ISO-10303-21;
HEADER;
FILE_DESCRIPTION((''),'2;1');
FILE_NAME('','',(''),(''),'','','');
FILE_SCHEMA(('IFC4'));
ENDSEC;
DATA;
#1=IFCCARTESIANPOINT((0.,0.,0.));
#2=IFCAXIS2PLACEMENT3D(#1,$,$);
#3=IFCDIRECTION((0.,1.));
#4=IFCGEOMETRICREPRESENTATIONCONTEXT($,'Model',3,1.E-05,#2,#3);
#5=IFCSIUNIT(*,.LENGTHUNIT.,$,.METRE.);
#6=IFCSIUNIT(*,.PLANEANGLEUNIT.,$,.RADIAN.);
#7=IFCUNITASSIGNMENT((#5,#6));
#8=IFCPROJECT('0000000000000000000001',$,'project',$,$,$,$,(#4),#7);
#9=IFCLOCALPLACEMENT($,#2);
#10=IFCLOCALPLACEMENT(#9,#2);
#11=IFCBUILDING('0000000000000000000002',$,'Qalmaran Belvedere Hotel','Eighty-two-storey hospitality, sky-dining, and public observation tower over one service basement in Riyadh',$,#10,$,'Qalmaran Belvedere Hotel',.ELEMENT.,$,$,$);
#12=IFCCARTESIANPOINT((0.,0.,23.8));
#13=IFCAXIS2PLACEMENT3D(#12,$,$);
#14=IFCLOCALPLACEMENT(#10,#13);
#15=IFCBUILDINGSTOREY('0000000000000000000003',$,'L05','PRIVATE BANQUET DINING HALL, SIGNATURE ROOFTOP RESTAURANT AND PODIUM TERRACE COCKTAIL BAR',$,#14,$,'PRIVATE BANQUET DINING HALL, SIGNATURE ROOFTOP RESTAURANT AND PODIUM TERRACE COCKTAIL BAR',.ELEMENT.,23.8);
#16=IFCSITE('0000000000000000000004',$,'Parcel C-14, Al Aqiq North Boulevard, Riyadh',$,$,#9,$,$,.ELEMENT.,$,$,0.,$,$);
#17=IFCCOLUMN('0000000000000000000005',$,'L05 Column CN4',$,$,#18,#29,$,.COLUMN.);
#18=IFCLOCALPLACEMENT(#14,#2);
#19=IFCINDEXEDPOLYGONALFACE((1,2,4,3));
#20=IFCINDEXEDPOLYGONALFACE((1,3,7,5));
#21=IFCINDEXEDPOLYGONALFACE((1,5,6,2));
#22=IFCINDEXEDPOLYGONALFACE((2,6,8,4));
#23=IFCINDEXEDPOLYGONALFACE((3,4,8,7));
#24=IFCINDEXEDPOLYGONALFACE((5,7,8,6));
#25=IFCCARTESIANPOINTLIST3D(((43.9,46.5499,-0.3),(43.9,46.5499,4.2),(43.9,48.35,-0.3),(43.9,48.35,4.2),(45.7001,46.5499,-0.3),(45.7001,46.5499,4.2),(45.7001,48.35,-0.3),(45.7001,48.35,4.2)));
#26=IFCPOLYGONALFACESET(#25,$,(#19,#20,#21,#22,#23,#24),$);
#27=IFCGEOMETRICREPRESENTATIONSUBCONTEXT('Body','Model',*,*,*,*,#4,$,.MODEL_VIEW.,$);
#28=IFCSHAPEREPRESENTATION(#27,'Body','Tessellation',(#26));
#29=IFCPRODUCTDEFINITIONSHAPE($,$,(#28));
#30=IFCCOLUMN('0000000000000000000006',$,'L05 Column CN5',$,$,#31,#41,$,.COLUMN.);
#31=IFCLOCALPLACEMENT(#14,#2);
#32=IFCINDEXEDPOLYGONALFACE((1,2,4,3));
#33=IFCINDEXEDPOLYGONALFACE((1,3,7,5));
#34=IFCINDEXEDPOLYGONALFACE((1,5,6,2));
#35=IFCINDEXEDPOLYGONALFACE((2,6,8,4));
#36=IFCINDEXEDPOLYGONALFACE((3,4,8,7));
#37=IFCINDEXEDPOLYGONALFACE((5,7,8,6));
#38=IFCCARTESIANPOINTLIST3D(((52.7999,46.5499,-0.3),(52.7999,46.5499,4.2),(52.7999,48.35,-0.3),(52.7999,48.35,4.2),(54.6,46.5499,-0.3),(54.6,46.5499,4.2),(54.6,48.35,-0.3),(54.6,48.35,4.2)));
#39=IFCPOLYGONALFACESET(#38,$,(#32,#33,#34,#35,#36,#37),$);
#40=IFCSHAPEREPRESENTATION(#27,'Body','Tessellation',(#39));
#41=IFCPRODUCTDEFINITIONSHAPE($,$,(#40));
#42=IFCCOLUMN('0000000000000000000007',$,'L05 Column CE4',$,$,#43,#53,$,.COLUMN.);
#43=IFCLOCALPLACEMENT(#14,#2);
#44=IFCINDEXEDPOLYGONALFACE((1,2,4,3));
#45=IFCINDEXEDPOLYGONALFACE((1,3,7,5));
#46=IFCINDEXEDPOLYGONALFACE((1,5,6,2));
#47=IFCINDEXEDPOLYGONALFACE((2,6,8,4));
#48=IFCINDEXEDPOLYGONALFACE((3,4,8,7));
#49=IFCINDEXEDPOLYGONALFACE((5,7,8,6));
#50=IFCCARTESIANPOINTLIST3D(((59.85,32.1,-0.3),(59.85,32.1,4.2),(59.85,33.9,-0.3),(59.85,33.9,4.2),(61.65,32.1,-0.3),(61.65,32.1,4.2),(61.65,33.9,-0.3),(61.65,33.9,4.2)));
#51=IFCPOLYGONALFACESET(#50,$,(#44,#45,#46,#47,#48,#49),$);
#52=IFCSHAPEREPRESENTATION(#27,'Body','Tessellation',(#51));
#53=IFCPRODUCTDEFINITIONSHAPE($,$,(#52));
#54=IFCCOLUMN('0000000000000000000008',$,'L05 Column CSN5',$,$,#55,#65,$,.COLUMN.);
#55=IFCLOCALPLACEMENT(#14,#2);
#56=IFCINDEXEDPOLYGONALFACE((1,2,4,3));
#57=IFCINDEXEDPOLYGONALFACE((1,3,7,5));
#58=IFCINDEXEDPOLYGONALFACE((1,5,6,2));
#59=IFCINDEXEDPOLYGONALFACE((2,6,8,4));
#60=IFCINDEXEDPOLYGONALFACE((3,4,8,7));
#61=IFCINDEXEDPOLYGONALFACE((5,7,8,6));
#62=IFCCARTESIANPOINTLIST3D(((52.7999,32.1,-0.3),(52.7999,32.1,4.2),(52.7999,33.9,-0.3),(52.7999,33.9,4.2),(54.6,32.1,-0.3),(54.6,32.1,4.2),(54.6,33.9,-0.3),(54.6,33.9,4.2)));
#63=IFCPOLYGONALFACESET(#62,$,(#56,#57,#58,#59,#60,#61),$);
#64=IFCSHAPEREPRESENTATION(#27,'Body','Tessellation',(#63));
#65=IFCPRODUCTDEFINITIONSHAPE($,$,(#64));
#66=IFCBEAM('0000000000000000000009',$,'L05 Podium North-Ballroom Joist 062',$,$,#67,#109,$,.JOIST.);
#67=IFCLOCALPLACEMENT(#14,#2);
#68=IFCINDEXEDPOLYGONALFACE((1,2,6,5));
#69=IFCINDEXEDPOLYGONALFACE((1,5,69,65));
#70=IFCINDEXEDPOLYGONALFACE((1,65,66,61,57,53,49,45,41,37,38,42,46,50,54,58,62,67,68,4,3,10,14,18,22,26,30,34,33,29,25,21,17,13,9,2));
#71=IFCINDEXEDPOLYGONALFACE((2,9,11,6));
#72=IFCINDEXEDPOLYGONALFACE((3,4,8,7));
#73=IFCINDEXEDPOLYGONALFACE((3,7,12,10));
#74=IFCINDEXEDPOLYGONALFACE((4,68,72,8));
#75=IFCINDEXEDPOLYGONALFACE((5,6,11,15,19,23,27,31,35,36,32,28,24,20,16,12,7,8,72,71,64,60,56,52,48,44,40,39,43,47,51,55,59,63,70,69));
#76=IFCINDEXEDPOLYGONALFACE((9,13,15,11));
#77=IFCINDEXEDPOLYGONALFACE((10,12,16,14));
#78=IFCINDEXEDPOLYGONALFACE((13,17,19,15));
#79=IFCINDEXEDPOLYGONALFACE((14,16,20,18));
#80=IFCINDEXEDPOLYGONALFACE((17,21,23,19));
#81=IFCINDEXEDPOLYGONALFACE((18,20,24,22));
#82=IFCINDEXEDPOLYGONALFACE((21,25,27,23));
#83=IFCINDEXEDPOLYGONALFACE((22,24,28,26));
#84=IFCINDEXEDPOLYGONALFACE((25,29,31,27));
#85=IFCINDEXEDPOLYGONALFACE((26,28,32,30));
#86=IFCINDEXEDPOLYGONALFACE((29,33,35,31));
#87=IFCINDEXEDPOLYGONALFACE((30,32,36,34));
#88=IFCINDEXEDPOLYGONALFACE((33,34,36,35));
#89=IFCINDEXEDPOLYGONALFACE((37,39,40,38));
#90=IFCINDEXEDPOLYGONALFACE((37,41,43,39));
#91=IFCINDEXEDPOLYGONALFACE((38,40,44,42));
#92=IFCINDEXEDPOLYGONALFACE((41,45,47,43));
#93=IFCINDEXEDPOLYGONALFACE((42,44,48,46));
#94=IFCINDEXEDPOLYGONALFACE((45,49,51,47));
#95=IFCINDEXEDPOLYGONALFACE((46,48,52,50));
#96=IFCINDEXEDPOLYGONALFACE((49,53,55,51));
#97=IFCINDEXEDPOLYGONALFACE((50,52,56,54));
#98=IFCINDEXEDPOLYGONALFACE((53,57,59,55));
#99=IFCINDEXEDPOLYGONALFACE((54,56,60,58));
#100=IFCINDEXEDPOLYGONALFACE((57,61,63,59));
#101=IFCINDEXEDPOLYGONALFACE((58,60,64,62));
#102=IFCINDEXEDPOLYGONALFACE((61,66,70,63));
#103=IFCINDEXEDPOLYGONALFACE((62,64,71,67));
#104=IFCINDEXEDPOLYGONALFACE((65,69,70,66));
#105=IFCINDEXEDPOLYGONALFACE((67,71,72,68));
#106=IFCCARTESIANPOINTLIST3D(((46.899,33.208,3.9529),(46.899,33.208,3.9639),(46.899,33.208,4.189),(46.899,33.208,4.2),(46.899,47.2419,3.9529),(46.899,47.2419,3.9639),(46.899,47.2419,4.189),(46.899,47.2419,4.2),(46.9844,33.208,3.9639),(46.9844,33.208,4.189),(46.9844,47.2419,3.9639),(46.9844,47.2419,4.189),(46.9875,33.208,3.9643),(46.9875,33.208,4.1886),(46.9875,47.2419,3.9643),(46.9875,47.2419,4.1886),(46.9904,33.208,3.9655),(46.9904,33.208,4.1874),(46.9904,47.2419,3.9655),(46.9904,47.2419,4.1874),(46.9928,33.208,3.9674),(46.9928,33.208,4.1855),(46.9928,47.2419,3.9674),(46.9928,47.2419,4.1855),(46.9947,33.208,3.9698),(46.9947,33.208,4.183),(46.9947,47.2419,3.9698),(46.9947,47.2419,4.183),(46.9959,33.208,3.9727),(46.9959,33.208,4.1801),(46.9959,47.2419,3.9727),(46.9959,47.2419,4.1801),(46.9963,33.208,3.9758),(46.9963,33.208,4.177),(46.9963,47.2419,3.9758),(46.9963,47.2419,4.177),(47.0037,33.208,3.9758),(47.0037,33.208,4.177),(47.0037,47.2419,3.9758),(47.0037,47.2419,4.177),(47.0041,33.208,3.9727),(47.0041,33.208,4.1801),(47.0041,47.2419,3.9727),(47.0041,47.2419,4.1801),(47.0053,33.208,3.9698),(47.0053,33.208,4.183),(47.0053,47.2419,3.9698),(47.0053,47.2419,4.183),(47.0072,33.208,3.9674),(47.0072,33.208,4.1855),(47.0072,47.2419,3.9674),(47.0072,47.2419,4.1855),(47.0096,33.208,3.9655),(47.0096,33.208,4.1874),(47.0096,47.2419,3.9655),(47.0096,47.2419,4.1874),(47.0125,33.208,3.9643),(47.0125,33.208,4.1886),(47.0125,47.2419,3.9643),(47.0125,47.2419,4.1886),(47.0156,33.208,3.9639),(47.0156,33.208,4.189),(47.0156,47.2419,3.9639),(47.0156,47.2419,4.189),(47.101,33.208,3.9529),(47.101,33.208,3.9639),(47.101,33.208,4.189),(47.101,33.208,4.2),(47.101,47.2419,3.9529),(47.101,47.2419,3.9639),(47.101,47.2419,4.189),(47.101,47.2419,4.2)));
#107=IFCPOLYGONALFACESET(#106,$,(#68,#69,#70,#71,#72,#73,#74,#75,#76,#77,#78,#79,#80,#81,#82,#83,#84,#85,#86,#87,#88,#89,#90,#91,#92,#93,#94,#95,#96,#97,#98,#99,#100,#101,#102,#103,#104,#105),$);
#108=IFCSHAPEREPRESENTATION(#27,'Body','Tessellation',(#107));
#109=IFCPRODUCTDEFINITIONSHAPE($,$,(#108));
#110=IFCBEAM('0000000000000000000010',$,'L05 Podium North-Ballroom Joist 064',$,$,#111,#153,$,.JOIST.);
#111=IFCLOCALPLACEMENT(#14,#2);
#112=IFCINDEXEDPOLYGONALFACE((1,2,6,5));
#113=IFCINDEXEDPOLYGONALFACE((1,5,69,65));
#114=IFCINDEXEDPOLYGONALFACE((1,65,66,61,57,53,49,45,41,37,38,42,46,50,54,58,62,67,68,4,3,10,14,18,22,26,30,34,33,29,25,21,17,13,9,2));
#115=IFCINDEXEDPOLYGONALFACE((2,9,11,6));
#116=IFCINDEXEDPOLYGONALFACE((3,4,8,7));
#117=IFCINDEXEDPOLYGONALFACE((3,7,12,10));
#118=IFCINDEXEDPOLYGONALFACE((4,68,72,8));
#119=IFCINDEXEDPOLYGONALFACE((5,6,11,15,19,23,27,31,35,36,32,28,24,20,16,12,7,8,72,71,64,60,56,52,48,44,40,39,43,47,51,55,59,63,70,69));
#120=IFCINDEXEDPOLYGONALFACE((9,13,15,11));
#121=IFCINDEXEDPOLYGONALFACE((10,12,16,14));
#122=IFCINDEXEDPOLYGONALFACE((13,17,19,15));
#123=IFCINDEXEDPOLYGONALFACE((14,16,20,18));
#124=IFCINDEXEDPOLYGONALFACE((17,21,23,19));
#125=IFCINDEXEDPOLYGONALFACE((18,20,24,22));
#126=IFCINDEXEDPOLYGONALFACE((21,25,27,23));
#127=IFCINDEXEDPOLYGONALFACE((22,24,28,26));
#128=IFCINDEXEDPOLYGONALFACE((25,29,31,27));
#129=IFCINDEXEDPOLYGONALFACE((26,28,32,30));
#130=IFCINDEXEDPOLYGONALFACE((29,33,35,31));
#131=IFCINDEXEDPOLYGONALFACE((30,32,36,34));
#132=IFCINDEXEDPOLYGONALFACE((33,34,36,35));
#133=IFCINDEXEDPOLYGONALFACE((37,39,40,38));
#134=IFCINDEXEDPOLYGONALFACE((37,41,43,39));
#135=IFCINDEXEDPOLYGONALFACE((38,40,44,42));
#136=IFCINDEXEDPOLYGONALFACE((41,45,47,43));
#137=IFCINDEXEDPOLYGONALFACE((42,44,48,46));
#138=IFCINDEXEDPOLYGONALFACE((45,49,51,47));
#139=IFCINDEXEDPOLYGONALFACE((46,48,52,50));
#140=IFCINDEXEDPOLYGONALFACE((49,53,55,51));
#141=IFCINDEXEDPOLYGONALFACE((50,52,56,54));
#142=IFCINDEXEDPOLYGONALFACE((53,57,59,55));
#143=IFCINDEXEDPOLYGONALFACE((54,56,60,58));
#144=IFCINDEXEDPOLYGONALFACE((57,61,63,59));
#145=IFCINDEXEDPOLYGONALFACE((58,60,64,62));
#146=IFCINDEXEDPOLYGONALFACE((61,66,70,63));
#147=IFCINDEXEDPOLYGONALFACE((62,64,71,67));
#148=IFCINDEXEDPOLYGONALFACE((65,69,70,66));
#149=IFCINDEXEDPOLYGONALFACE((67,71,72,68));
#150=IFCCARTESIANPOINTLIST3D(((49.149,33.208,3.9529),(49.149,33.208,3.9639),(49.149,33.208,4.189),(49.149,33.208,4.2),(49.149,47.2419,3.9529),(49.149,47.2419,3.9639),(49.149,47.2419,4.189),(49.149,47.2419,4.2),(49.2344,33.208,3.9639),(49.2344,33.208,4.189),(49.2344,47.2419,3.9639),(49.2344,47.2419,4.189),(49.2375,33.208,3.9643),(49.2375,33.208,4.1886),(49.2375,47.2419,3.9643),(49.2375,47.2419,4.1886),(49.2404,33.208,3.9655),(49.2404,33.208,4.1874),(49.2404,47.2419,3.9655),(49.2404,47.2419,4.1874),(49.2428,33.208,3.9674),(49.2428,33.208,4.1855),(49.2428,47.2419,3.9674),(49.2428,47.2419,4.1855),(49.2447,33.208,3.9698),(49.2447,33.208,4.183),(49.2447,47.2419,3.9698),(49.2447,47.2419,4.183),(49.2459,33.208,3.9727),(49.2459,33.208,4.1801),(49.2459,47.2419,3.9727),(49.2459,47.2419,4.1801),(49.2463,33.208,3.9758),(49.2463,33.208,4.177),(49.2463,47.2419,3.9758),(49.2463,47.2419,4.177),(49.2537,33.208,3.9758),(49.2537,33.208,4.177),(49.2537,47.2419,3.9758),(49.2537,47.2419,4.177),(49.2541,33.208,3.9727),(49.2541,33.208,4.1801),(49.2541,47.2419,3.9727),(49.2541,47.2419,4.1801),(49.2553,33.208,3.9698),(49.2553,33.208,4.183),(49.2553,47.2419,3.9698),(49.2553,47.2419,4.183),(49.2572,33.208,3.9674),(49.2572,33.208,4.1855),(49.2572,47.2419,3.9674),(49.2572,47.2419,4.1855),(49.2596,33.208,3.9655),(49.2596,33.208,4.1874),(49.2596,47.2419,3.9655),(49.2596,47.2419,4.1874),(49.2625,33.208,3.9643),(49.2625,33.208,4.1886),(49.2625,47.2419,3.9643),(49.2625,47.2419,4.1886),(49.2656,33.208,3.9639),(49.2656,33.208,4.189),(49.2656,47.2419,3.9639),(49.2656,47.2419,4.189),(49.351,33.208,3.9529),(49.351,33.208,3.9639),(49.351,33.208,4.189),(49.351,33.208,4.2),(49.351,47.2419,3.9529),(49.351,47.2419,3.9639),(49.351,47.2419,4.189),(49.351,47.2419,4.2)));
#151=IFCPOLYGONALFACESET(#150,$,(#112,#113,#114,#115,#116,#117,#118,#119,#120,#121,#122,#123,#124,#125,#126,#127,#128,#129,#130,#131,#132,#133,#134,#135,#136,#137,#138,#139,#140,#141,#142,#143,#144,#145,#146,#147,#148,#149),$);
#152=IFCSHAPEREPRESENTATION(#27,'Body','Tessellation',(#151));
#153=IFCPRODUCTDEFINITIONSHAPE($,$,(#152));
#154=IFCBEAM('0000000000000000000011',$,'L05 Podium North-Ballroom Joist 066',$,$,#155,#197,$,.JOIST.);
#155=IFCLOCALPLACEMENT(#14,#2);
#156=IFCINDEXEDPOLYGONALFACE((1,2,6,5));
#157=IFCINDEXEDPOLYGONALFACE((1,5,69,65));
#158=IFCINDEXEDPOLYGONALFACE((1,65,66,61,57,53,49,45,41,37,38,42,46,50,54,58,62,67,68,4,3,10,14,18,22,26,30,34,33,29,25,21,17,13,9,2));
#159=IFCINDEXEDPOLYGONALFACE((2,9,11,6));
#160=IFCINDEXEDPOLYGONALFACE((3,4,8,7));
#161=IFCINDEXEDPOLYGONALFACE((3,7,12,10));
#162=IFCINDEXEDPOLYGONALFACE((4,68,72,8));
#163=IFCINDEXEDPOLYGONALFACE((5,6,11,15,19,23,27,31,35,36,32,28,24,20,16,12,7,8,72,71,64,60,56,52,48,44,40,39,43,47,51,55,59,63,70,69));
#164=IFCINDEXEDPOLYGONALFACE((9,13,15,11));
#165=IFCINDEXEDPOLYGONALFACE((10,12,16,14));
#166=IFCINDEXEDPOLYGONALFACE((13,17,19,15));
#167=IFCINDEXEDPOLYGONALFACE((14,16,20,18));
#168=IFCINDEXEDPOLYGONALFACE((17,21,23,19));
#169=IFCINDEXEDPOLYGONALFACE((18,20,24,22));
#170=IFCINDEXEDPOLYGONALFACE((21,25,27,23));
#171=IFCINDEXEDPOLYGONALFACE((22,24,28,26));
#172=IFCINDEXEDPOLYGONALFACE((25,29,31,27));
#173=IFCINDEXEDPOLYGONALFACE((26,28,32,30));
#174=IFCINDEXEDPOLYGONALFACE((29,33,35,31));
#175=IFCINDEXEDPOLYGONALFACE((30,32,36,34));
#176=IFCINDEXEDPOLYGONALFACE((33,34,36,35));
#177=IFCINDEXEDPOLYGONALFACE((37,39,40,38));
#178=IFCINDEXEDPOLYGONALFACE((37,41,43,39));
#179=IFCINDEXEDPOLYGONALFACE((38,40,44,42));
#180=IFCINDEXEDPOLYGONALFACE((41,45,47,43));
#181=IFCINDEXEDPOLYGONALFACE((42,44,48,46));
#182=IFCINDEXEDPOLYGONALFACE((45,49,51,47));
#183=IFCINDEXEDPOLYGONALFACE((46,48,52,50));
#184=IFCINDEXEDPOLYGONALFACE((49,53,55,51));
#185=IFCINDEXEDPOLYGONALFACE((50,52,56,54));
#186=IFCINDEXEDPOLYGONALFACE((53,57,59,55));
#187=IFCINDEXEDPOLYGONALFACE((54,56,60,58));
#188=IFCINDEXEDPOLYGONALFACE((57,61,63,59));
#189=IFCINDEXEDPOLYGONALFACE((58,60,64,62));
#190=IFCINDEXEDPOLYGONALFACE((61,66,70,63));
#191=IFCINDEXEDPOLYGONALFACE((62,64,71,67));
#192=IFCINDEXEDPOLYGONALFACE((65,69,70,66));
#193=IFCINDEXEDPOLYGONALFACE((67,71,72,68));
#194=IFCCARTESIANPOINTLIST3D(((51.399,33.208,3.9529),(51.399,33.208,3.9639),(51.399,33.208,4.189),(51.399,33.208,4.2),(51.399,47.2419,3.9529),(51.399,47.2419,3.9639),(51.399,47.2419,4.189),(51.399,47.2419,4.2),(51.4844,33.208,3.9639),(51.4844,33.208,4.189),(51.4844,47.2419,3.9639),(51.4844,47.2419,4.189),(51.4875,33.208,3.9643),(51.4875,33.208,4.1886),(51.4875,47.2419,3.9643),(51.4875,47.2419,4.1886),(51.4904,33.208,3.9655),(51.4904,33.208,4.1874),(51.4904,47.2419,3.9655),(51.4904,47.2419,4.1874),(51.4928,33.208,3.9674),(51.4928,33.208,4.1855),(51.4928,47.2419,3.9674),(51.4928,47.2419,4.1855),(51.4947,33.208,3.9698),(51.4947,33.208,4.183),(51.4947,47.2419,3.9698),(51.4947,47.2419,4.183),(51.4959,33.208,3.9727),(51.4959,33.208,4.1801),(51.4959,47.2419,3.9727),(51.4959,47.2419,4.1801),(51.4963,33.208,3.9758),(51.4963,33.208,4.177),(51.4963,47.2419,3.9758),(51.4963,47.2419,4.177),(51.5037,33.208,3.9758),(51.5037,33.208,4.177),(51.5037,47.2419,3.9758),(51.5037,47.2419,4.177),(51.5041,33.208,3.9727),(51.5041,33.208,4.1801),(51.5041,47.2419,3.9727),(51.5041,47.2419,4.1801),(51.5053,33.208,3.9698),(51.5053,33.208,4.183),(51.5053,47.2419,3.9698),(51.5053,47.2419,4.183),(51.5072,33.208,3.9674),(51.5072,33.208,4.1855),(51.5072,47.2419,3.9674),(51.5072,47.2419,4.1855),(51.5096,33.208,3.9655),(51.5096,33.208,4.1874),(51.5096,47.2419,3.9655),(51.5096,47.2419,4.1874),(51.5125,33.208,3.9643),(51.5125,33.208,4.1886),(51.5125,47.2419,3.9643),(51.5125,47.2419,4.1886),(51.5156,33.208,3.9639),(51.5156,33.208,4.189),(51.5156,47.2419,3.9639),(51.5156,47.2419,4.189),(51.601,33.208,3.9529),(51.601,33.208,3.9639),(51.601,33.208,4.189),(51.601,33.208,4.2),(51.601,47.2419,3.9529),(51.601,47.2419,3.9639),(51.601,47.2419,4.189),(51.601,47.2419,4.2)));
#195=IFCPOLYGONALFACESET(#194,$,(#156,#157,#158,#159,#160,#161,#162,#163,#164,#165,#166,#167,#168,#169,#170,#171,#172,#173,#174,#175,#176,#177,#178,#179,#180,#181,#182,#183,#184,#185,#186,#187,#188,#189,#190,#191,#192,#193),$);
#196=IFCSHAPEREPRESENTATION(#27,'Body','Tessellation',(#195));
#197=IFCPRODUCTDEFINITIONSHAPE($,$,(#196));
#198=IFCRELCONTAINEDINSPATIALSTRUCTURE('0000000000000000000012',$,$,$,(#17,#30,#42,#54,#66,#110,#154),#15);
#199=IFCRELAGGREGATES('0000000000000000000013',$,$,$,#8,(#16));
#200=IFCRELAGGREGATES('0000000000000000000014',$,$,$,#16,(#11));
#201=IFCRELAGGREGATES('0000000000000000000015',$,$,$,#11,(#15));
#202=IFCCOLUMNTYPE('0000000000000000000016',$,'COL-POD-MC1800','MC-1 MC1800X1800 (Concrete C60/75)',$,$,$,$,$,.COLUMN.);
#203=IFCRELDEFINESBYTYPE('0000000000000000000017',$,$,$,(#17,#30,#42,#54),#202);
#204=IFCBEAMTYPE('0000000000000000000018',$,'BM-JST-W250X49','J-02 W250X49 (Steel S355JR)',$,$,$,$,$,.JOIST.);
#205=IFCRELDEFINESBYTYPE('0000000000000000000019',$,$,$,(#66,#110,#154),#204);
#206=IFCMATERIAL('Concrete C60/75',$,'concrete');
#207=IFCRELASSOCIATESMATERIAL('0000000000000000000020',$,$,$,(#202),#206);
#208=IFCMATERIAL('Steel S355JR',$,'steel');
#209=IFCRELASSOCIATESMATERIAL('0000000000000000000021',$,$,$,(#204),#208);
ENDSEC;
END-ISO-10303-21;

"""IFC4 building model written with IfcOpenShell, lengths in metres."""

from ifc_helpers import new_model, si_unit, direction, frame, origin, origin_2d, place, context, subcontext, project, spatial, rectangle, i_section, extrude, material, material_profile, profile_set, type_object, element, save


model = new_model("IFC4")

# Units and contexts
model_context = context("Model", 3, precision=1e-05, world=origin(), true_north=direction((0.0, 1.0)))
body_context = subcontext(model_context, "Body", "Model", "MODEL_VIEW")
ifc_project = project(units=[si_unit("LENGTHUNIT", "METRE"), si_unit("PLANEANGLEUNIT", "RADIAN")], contexts=[model_context])

# Site, building, storey
site_placement = place(None, origin())
site = spatial("IfcSite", under=ifc_project, at=site_placement, Name="Parcel C-14, Al Aqiq North Boulevard, Riyadh", CompositionType="ELEMENT", RefElevation=0.0)
building_placement = place(site_placement, origin())
building = spatial("IfcBuilding", under=site, at=building_placement, Name="Qalmaran Belvedere Hotel", Description="Eighty-two-storey hospitality, sky-dining, and public observation tower over one service basement in Riyadh", LongName="Qalmaran Belvedere Hotel", CompositionType="ELEMENT")
storey_placement = place(building_placement, frame((0.0, 0.0, 23.8)))
storey = spatial("IfcBuildingStorey", under=building, at=storey_placement, Name="L05", Description="PRIVATE BANQUET DINING HALL, SIGNATURE ROOFTOP RESTAURANT AND PODIUM TERRACE COCKTAIL BAR", LongName="PRIVATE BANQUET DINING HALL, SIGNATURE ROOFTOP RESTAURANT AND PODIUM TERRACE COCKTAIL BAR", CompositionType="ELEMENT", Elevation=23.8)

# Columns
ifc_material_1 = material(Name="Concrete C60/75", Category="concrete")
ifc_material_profile_1 = material_profile(ifc_material_1, rectangle(XDim=1.8, YDim=1.8, at=origin_2d()), Name="MC1800X1800")
ifc_profile_set_1 = profile_set([ifc_material_profile_1], Name="Concrete C60/75")
column_type = type_object("IfcColumnType", Name="COL-POD-MC1800", Description="MC-1 MC1800X1800 (Concrete C60/75)", PredefinedType="COLUMN", material=ifc_profile_set_1)
for number, where, z_axis, x_axis, name in (
    (1, (44.8, 47.45, -0.3), (0.0, 0.0, 1.0), (1.0, 0.0, 0.0), "L05 Column CN4"),
    (2, (53.7, 47.45, -0.3), (0.0, 0.0, 1.0), (1.0, 0.0, 0.0), "L05 Column CN5"),
    (3, (60.75, 33.0, -0.3), (0.0, 0.0, 1.0), (1.0, 0.0, 0.0), "L05 Column CE4"),
    (4, (53.7, 33.0, -0.3), (0.0, 0.0, 1.0), (1.0, 0.0, 0.0), "L05 Column CSN5"),
):
    element("IfcColumn", number, at=place(storey_placement, frame(where, z_axis=z_axis, x_axis=x_axis)), inside=storey, type_object=column_type, Name=name, PredefinedType="COLUMN", context=body_context, shape_type="SweptSolid", body=[
        extrude(rectangle(XDim=1.8, YDim=1.8, at=origin_2d()), origin(), (0.0, 0.0, 1.0), 4.5),
    ])

# Beams
ifc_material_2 = material(Name="Steel S355JR", Category="steel")
ifc_material_profile_2 = material_profile(ifc_material_2, i_section(OverallWidth=0.2019, OverallDepth=0.2471, WebThickness=0.0073, FlangeThickness=0.011, FilletRadius=0.012, at=origin_2d()), Name="W250X49")
ifc_profile_set_2 = profile_set([ifc_material_profile_2], Name="Steel S355JR")
beam_type_1 = type_object("IfcBeamType", Name="BM-JST-W250X49", Description="J-02 W250X49 (Steel S355JR)", PredefinedType="JOIST", material=ifc_profile_set_2)
for number, where, z_axis, x_axis, name in (
    (5, (47.0, 33.208, 4.0764), (0.0, 1.0, 0.0), (-1.0, 0.0, 0.0), "L05 Podium North-Ballroom Joist 062"),
    (6, (49.25, 33.208, 4.0764), (0.0, 1.0, 0.0), (-1.0, 0.0, 0.0), "L05 Podium North-Ballroom Joist 064"),
    (7, (51.5, 33.208, 4.0764), (0.0, 1.0, 0.0), (-1.0, 0.0, 0.0), "L05 Podium North-Ballroom Joist 066"),
):
    element("IfcBeam", number, at=place(storey_placement, frame(where, z_axis=z_axis, x_axis=x_axis)), inside=storey, type_object=beam_type_1, Name=name, PredefinedType="JOIST", context=body_context, shape_type="SweptSolid", body=[
        extrude(i_section(OverallWidth=0.2019, OverallDepth=0.2471, WebThickness=0.0073, FlangeThickness=0.011, FilletRadius=0.012, at=origin_2d()), origin(), (0.0, 0.0, 1.0), 14.0339),
    ])

save(model, "model.ifc")
